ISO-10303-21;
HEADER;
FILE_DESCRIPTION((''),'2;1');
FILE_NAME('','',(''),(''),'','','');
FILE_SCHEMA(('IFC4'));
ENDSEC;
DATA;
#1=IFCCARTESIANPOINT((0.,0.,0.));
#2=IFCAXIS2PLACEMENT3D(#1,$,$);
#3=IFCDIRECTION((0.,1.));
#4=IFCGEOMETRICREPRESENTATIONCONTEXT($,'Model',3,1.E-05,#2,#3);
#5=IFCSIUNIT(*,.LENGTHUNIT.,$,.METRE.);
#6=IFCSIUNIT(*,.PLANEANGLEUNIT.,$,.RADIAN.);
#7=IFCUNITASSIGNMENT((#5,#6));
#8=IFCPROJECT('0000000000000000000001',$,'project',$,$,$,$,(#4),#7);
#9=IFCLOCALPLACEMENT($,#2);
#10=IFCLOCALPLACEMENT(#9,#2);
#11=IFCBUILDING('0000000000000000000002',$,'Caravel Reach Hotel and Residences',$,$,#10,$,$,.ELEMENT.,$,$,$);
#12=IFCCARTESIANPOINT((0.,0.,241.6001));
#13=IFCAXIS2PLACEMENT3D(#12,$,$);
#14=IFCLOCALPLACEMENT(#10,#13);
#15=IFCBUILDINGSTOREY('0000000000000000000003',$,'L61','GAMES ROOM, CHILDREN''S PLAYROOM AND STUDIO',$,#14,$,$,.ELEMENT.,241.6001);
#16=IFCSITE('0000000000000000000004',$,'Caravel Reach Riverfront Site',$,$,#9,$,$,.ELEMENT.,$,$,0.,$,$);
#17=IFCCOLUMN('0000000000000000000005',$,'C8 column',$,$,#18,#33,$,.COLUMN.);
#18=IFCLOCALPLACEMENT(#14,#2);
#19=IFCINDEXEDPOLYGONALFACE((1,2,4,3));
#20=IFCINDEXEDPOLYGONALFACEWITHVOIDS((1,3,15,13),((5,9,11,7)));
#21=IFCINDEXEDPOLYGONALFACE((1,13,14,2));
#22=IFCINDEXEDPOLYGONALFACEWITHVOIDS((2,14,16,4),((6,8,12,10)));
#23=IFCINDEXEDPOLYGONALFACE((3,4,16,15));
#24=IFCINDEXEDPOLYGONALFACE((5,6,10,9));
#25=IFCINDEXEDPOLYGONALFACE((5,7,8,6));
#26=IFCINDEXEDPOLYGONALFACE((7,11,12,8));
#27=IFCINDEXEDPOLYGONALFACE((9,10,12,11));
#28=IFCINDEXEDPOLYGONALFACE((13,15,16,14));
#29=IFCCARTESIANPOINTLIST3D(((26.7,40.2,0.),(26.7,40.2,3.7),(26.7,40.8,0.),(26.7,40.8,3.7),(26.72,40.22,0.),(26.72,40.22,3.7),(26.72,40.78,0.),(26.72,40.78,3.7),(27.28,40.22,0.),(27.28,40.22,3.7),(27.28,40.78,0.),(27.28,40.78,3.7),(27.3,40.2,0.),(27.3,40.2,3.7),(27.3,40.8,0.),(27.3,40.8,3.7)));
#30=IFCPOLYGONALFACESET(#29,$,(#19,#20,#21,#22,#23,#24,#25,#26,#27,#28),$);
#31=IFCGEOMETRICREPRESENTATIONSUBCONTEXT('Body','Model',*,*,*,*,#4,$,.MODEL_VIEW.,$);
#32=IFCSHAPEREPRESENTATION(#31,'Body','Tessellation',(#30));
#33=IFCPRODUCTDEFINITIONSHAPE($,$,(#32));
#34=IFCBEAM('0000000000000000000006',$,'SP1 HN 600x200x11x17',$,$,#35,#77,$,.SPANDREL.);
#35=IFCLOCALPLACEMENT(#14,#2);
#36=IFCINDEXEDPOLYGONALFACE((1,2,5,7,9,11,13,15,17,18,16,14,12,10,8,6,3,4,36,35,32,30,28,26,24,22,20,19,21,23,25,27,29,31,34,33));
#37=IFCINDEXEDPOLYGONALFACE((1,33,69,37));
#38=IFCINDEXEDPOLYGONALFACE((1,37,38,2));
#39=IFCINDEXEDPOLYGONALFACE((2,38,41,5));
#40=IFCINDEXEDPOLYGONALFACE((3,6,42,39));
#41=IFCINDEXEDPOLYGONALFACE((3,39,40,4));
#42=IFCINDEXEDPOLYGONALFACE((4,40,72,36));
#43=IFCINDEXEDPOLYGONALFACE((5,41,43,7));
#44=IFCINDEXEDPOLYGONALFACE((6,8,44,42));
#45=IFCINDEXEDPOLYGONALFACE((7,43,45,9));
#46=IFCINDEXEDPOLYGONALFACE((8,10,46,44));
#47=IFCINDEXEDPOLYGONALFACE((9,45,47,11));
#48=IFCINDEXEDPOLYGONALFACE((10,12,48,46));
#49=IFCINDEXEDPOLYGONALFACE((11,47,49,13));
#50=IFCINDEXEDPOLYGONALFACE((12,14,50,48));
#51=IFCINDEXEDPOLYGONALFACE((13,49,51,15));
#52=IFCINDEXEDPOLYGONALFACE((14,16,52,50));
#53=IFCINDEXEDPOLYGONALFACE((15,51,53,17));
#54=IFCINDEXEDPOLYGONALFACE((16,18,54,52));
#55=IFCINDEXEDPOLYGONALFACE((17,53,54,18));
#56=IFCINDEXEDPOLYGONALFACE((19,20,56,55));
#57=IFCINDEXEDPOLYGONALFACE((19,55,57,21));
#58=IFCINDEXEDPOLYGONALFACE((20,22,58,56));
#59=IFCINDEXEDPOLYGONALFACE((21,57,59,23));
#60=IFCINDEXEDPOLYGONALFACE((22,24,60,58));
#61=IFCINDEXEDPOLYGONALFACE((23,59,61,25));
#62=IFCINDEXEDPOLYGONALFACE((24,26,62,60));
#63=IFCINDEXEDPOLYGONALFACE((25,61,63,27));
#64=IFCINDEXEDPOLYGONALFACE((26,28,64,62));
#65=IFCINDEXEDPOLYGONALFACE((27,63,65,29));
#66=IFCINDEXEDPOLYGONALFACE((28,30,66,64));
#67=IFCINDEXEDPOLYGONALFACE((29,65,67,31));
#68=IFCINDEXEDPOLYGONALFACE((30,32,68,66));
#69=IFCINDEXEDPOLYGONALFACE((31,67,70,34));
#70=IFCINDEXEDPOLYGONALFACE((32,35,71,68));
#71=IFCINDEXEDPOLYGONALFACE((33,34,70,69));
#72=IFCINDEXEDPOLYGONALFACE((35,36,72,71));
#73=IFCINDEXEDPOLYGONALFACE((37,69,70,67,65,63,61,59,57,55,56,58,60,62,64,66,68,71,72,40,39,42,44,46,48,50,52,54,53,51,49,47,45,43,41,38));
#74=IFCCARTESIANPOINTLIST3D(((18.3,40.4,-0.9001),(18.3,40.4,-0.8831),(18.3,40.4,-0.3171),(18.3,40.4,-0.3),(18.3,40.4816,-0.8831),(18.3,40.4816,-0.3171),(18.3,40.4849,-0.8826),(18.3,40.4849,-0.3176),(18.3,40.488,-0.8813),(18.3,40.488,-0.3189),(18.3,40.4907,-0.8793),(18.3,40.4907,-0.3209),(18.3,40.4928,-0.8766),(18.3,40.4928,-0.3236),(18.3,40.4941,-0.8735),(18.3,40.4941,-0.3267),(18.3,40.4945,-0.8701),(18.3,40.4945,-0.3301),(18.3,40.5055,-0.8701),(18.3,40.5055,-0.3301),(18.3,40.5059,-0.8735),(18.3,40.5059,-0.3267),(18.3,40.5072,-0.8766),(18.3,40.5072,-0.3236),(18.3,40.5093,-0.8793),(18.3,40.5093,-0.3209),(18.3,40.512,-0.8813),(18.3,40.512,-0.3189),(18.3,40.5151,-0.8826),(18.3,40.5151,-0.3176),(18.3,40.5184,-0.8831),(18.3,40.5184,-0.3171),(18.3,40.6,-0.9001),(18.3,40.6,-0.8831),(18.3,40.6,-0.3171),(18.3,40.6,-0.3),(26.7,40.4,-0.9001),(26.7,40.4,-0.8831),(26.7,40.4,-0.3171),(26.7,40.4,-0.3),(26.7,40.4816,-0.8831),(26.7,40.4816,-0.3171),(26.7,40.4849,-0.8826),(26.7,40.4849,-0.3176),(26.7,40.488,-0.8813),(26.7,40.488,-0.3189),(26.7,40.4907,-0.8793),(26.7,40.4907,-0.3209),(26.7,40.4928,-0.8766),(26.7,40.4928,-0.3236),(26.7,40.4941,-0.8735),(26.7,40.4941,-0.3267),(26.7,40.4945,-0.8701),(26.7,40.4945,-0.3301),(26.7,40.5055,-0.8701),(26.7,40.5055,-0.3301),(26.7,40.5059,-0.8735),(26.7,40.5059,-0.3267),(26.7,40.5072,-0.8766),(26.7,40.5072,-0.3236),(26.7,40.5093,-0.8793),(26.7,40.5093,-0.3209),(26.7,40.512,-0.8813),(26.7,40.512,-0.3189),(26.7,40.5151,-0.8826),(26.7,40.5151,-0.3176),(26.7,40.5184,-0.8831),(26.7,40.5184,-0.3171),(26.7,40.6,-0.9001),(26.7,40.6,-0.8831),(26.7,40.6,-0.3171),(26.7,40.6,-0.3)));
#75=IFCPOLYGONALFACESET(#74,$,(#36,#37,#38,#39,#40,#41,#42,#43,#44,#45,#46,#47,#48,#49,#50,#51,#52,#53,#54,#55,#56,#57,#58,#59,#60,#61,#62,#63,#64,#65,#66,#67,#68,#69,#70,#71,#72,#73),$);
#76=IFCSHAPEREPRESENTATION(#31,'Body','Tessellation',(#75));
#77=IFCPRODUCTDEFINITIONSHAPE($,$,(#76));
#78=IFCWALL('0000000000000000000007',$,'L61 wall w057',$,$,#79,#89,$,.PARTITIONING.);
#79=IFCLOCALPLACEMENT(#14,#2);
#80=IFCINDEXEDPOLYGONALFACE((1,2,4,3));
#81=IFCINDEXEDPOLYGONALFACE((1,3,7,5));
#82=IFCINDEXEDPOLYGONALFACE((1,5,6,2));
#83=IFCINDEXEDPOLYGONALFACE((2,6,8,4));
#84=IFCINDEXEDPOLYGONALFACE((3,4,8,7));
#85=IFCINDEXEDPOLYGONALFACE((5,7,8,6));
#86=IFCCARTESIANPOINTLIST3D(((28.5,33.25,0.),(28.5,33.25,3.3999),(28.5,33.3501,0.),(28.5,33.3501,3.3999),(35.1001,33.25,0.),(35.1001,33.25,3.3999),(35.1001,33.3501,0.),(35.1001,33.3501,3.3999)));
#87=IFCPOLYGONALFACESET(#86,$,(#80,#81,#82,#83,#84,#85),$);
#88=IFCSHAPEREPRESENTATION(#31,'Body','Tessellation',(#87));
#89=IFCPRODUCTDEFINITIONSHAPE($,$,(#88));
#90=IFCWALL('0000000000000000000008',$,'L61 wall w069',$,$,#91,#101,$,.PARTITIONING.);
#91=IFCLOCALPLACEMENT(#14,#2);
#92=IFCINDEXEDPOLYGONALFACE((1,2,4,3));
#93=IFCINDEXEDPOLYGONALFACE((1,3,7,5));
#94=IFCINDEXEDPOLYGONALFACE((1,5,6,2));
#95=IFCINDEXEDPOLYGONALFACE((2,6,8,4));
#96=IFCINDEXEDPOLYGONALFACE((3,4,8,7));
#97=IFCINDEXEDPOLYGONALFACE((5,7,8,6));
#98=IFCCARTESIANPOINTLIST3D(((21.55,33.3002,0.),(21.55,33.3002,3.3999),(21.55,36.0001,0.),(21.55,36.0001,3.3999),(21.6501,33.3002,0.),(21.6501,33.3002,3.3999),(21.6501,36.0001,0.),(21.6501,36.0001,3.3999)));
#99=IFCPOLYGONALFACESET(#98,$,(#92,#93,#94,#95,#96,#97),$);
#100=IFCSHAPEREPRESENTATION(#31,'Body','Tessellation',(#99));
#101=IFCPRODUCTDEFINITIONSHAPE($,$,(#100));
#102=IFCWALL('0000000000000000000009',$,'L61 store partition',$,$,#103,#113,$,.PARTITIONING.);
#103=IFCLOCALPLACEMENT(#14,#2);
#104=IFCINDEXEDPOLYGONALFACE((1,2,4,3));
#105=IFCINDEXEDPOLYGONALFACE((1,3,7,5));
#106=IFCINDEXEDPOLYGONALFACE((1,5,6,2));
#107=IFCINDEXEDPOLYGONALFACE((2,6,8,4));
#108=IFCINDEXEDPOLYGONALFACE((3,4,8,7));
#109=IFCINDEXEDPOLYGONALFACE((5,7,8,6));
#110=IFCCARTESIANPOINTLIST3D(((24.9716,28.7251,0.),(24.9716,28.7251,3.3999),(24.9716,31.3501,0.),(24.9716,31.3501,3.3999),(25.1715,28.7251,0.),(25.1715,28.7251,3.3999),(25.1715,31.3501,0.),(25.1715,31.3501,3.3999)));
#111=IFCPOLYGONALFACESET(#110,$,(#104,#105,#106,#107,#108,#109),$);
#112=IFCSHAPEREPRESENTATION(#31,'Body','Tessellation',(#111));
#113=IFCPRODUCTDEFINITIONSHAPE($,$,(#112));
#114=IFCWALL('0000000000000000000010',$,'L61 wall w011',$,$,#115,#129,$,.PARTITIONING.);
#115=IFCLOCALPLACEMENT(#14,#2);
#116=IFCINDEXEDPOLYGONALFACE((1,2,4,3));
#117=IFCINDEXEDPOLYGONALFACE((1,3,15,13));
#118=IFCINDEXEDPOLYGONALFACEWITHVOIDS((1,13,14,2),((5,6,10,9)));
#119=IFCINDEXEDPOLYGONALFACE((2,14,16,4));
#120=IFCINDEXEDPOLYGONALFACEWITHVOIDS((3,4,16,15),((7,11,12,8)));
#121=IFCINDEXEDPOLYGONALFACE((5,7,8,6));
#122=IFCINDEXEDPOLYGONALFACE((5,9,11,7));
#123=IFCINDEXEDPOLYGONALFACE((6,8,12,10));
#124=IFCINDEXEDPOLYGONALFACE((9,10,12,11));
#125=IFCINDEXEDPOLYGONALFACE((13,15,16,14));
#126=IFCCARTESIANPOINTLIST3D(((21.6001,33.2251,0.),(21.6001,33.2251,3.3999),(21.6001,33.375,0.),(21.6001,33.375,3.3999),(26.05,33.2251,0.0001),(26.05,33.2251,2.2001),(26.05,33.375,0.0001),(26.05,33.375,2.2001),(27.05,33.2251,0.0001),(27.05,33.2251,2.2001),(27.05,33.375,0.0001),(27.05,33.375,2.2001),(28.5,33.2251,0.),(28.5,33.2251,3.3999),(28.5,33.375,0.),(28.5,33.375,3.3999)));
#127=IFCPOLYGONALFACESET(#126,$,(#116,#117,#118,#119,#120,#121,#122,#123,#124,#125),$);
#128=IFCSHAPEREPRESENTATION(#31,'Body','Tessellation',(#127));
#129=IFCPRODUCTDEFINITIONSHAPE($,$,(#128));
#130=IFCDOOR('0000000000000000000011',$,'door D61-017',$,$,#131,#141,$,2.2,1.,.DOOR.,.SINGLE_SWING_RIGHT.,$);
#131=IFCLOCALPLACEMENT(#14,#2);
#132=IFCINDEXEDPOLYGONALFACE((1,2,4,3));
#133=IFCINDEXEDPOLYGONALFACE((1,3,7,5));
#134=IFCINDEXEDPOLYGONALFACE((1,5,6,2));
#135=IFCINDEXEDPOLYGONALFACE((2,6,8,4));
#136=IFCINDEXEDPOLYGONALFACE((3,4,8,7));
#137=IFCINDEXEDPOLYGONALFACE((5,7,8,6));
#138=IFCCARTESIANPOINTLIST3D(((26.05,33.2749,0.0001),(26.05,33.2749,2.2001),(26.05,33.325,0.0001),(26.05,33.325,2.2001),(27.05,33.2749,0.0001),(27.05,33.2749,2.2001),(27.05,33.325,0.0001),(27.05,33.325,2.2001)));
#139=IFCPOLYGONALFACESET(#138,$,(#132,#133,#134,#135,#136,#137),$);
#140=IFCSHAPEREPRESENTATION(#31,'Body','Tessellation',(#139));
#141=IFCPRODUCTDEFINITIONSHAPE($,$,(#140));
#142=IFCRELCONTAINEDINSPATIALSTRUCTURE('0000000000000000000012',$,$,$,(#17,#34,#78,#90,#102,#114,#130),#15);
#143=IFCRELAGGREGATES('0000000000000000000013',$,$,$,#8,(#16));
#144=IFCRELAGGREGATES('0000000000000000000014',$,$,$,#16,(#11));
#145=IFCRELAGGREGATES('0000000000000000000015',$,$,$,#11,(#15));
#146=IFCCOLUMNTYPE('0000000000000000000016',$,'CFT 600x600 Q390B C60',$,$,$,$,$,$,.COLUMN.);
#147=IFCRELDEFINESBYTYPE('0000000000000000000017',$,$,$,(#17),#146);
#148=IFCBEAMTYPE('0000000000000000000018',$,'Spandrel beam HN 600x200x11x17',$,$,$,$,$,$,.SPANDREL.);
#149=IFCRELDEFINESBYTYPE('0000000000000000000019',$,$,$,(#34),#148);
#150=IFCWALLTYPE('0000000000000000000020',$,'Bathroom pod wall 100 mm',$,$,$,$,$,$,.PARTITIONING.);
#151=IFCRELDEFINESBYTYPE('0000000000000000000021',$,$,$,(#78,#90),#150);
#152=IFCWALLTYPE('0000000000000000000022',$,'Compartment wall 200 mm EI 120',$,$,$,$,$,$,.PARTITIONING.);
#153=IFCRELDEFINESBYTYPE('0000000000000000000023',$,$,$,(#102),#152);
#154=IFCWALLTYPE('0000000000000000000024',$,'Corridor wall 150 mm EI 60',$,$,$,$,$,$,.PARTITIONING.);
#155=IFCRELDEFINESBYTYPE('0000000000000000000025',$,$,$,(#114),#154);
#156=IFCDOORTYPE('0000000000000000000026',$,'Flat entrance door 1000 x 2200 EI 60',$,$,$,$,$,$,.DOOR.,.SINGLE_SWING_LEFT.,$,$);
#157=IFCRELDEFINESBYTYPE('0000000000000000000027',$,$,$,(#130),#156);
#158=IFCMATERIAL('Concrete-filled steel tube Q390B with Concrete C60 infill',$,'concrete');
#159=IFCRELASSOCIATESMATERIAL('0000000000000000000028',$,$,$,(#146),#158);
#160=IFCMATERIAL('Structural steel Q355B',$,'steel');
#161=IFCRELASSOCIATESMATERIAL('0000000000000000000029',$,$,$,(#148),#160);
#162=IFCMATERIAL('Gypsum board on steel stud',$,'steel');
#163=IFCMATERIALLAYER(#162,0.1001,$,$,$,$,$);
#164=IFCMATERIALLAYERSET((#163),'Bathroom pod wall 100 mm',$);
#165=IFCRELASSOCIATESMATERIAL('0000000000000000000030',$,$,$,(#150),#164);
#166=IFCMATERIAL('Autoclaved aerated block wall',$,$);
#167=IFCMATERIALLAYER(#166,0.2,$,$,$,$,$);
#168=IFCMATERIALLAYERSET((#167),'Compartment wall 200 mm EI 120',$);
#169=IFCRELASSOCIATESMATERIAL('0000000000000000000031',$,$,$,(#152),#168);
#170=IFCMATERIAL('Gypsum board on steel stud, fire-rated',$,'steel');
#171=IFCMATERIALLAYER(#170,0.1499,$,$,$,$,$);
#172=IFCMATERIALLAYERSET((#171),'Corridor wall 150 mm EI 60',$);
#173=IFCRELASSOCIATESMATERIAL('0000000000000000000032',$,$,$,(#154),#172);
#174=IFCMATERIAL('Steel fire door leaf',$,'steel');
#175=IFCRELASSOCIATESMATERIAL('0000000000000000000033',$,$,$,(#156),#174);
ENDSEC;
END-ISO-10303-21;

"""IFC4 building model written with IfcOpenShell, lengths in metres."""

from ifc_helpers import new_model, si_unit, direction, frame, frame_2d, origin, origin_2d, place, context, subcontext, project, spatial, rectangle, hollow_rectangle, i_section, extrude, material, layer, layer_set, material_profile, profile_set, type_object, element, fill, save


model = new_model("IFC4")

# Units and contexts
model_context = context("Model", 3, precision=1e-05, world=origin(), true_north=direction((0.0, 1.0)))
body_context = subcontext(model_context, "Body", "Model", "MODEL_VIEW")
ifc_project = project(units=[si_unit("LENGTHUNIT", "METRE"), si_unit("PLANEANGLEUNIT", "RADIAN")], contexts=[model_context])

# Site, building, storey
site_placement = place(None, origin())
site = spatial("IfcSite", under=ifc_project, at=site_placement, Name="Caravel Reach Riverfront Site", CompositionType="ELEMENT", RefElevation=0.0)
building_placement = place(site_placement, origin())
building = spatial("IfcBuilding", under=site, at=building_placement, Name="Caravel Reach Hotel and Residences", CompositionType="ELEMENT")
storey_placement = place(building_placement, frame((0.0, 0.0, 241.6001)))
storey = spatial("IfcBuildingStorey", under=building, at=storey_placement, Name="L61", Description="GAMES ROOM, CHILDREN'S PLAYROOM AND STUDIO", CompositionType="ELEMENT", Elevation=241.6001)

# Column
ifc_material_1 = material(Name="Concrete-filled steel tube Q390B with Concrete C60 infill", Category="concrete")
ifc_material_profile_1 = material_profile(ifc_material_1, hollow_rectangle(XDim=0.6001, YDim=0.6001, WallThickness=0.02, at=origin_2d()), Name="RHS 600x600x20")
ifc_profile_set_1 = profile_set([ifc_material_profile_1], Name="Concrete-filled steel tube Q390B with Concrete C60 infill")
column_type = type_object("IfcColumnType", Name="CFT 600x600 Q390B C60", PredefinedType="COLUMN", material=ifc_profile_set_1)
column_placement = place(storey_placement, frame((27.0, 40.5, 0.0), z_axis=(0.0, 0.0, 1.0), x_axis=(1.0, 0.0, 0.0)))
element("IfcColumn", 1, at=column_placement, inside=storey, type_object=column_type, Name="C8 column", PredefinedType="COLUMN", context=body_context, shape_type="SweptSolid", body=[
    extrude(hollow_rectangle(XDim=0.6001, YDim=0.6001, WallThickness=0.02, at=origin_2d()), origin(), (0.0, 0.0, 1.0), 3.7),
])

# Beam
ifc_material_2 = material(Name="Structural steel Q355B", Category="steel")
ifc_material_profile_2 = material_profile(ifc_material_2, i_section(OverallWidth=0.2, OverallDepth=0.6001, WebThickness=0.011, FlangeThickness=0.0171, FilletRadius=0.0129, at=origin_2d()), Name="HN 600x200x11x17")
ifc_profile_set_2 = profile_set([ifc_material_profile_2], Name="Structural steel Q355B")
beam_type = type_object("IfcBeamType", Name="Spandrel beam HN 600x200x11x17", PredefinedType="SPANDREL", material=ifc_profile_set_2)
beam_placement = place(storey_placement, frame((26.7, 40.5, -0.6001), z_axis=(-1.0, 0.0, 0.0), x_axis=(0.0, -1.0, 0.0)))
element("IfcBeam", 2, at=beam_placement, inside=storey, type_object=beam_type, Name="SP1 HN 600x200x11x17", PredefinedType="SPANDREL", context=body_context, shape_type="SweptSolid", body=[
    extrude(i_section(OverallWidth=0.2, OverallDepth=0.6001, WebThickness=0.011, FlangeThickness=0.0171, FilletRadius=0.0129, at=origin_2d()), origin(), (0.0, 0.0, 1.0), 8.3999),
])

# Walls
ifc_material_3 = material(Name="Gypsum board on steel stud", Category="steel")
ifc_layer_1 = layer(ifc_material_3, 0.1001)
ifc_layer_set_1 = layer_set([ifc_layer_1], Name="Bathroom pod wall 100 mm")
wall_type_1 = type_object("IfcWallType", Name="Bathroom pod wall 100 mm", PredefinedType="PARTITIONING", material=ifc_layer_set_1)
wall_1_placement = place(storey_placement, frame((28.5, 33.3, 0.0), z_axis=(0.0, 0.0, 1.0), x_axis=(1.0, 0.0, 0.0)))
element("IfcWall", 3, at=wall_1_placement, inside=storey, type_object=wall_type_1, Name="L61 wall w057", PredefinedType="PARTITIONING", context=body_context, shape_type="SweptSolid", body=[
    extrude(rectangle(XDim=6.6001, YDim=0.1001, at=frame_2d((3.3, 0.0))), origin(), (0.0, 0.0, 1.0), 3.3999),
])
wall_2_placement = place(storey_placement, frame((21.6001, 33.3, 0.0), z_axis=(0.0, 0.0, 1.0), x_axis=(0.0, 1.0, 0.0)))
element("IfcWall", 4, at=wall_2_placement, inside=storey, type_object=wall_type_1, Name="L61 wall w069", PredefinedType="PARTITIONING", context=body_context, shape_type="SweptSolid", body=[
    extrude(rectangle(XDim=2.7, YDim=0.1001, at=frame_2d((1.3501, 0.0))), origin(), (0.0, 0.0, 1.0), 3.3999),
])
ifc_material_4 = material(Name="Autoclaved aerated block wall")
ifc_layer_2 = layer(ifc_material_4, 0.2)
ifc_layer_set_2 = layer_set([ifc_layer_2], Name="Compartment wall 200 mm EI 120")
wall_type_2 = type_object("IfcWallType", Name="Compartment wall 200 mm EI 120", PredefinedType="PARTITIONING", material=ifc_layer_set_2)
wall_3_placement = place(storey_placement, frame((25.0715, 28.7251, 0.0), z_axis=(0.0, 0.0, 1.0), x_axis=(0.0, 1.0, 0.0)))
element("IfcWall", 5, at=wall_3_placement, inside=storey, type_object=wall_type_2, Name="L61 store partition", PredefinedType="PARTITIONING", context=body_context, shape_type="SweptSolid", body=[
    extrude(rectangle(XDim=2.625, YDim=0.2, at=frame_2d((1.3125, 0.0))), origin(), (0.0, 0.0, 1.0), 3.3999),
])

# Wall, opening, door
ifc_material_5 = material(Name="Gypsum board on steel stud, fire-rated", Category="steel")
ifc_layer_3 = layer(ifc_material_5, 0.1499)
ifc_layer_set_3 = layer_set([ifc_layer_3], Name="Corridor wall 150 mm EI 60")
wall_type_3 = type_object("IfcWallType", Name="Corridor wall 150 mm EI 60", PredefinedType="PARTITIONING", material=ifc_layer_set_3)
wall_4_placement = place(storey_placement, frame((21.6001, 33.3, 0.0), z_axis=(0.0, 0.0, 1.0), x_axis=(1.0, 0.0, 0.0)))
wall_4 = element("IfcWall", 6, at=wall_4_placement, inside=storey, type_object=wall_type_3, Name="L61 wall w011", PredefinedType="PARTITIONING", context=body_context, shape_type="SweptSolid", body=[
    extrude(rectangle(XDim=6.8999, YDim=0.1499, at=frame_2d((3.45, 0.0))), origin(), (0.0, 0.0, 1.0), 3.3999),
])
opening_1_placement = place(wall_4_placement, frame((4.45, 0.0, 0.0)))
opening_1 = element("IfcOpeningElement", 7, at=opening_1_placement, cuts=wall_4, PredefinedType="OPENING", context=body_context, shape_type="SweptSolid", body=[
    extrude(rectangle(XDim=1.0, YDim=2.2, at=frame_2d((0.5, 1.1001))), frame((0.0, 0.085, 0.0), z_axis=(0.0, -1.0, 0.0), x_axis=(1.0, 0.0, 0.0)), (0.0, 0.0, 1.0), 0.1699),
])
ifc_material_6 = material(Name="Steel fire door leaf", Category="steel")
door_type_1 = type_object("IfcDoorType", Name="Flat entrance door 1000 x 2200 EI 60", OperationType="SINGLE_SWING_LEFT", PredefinedType="DOOR", material=ifc_material_6)
door_1_placement = place(opening_1_placement, origin())
door_1 = element("IfcDoor", 8, at=door_1_placement, inside=storey, type_object=door_type_1, Name="door D61-017", OperationType="SINGLE_SWING_RIGHT", OverallHeight=2.2, OverallWidth=1.0, PredefinedType="DOOR", context=body_context, shape_type="SweptSolid", body=[
    extrude(rectangle(XDim=1.0, YDim=2.2, at=frame_2d((0.5, 1.1001))), frame((0.0, 0.0249, 0.0), z_axis=(0.0, -1.0, 0.0), x_axis=(1.0, 0.0, 0.0)), (0.0, 0.0, 1.0), 0.05),
])
fill(opening_1, door_1)

save(model, "model.ifc")
